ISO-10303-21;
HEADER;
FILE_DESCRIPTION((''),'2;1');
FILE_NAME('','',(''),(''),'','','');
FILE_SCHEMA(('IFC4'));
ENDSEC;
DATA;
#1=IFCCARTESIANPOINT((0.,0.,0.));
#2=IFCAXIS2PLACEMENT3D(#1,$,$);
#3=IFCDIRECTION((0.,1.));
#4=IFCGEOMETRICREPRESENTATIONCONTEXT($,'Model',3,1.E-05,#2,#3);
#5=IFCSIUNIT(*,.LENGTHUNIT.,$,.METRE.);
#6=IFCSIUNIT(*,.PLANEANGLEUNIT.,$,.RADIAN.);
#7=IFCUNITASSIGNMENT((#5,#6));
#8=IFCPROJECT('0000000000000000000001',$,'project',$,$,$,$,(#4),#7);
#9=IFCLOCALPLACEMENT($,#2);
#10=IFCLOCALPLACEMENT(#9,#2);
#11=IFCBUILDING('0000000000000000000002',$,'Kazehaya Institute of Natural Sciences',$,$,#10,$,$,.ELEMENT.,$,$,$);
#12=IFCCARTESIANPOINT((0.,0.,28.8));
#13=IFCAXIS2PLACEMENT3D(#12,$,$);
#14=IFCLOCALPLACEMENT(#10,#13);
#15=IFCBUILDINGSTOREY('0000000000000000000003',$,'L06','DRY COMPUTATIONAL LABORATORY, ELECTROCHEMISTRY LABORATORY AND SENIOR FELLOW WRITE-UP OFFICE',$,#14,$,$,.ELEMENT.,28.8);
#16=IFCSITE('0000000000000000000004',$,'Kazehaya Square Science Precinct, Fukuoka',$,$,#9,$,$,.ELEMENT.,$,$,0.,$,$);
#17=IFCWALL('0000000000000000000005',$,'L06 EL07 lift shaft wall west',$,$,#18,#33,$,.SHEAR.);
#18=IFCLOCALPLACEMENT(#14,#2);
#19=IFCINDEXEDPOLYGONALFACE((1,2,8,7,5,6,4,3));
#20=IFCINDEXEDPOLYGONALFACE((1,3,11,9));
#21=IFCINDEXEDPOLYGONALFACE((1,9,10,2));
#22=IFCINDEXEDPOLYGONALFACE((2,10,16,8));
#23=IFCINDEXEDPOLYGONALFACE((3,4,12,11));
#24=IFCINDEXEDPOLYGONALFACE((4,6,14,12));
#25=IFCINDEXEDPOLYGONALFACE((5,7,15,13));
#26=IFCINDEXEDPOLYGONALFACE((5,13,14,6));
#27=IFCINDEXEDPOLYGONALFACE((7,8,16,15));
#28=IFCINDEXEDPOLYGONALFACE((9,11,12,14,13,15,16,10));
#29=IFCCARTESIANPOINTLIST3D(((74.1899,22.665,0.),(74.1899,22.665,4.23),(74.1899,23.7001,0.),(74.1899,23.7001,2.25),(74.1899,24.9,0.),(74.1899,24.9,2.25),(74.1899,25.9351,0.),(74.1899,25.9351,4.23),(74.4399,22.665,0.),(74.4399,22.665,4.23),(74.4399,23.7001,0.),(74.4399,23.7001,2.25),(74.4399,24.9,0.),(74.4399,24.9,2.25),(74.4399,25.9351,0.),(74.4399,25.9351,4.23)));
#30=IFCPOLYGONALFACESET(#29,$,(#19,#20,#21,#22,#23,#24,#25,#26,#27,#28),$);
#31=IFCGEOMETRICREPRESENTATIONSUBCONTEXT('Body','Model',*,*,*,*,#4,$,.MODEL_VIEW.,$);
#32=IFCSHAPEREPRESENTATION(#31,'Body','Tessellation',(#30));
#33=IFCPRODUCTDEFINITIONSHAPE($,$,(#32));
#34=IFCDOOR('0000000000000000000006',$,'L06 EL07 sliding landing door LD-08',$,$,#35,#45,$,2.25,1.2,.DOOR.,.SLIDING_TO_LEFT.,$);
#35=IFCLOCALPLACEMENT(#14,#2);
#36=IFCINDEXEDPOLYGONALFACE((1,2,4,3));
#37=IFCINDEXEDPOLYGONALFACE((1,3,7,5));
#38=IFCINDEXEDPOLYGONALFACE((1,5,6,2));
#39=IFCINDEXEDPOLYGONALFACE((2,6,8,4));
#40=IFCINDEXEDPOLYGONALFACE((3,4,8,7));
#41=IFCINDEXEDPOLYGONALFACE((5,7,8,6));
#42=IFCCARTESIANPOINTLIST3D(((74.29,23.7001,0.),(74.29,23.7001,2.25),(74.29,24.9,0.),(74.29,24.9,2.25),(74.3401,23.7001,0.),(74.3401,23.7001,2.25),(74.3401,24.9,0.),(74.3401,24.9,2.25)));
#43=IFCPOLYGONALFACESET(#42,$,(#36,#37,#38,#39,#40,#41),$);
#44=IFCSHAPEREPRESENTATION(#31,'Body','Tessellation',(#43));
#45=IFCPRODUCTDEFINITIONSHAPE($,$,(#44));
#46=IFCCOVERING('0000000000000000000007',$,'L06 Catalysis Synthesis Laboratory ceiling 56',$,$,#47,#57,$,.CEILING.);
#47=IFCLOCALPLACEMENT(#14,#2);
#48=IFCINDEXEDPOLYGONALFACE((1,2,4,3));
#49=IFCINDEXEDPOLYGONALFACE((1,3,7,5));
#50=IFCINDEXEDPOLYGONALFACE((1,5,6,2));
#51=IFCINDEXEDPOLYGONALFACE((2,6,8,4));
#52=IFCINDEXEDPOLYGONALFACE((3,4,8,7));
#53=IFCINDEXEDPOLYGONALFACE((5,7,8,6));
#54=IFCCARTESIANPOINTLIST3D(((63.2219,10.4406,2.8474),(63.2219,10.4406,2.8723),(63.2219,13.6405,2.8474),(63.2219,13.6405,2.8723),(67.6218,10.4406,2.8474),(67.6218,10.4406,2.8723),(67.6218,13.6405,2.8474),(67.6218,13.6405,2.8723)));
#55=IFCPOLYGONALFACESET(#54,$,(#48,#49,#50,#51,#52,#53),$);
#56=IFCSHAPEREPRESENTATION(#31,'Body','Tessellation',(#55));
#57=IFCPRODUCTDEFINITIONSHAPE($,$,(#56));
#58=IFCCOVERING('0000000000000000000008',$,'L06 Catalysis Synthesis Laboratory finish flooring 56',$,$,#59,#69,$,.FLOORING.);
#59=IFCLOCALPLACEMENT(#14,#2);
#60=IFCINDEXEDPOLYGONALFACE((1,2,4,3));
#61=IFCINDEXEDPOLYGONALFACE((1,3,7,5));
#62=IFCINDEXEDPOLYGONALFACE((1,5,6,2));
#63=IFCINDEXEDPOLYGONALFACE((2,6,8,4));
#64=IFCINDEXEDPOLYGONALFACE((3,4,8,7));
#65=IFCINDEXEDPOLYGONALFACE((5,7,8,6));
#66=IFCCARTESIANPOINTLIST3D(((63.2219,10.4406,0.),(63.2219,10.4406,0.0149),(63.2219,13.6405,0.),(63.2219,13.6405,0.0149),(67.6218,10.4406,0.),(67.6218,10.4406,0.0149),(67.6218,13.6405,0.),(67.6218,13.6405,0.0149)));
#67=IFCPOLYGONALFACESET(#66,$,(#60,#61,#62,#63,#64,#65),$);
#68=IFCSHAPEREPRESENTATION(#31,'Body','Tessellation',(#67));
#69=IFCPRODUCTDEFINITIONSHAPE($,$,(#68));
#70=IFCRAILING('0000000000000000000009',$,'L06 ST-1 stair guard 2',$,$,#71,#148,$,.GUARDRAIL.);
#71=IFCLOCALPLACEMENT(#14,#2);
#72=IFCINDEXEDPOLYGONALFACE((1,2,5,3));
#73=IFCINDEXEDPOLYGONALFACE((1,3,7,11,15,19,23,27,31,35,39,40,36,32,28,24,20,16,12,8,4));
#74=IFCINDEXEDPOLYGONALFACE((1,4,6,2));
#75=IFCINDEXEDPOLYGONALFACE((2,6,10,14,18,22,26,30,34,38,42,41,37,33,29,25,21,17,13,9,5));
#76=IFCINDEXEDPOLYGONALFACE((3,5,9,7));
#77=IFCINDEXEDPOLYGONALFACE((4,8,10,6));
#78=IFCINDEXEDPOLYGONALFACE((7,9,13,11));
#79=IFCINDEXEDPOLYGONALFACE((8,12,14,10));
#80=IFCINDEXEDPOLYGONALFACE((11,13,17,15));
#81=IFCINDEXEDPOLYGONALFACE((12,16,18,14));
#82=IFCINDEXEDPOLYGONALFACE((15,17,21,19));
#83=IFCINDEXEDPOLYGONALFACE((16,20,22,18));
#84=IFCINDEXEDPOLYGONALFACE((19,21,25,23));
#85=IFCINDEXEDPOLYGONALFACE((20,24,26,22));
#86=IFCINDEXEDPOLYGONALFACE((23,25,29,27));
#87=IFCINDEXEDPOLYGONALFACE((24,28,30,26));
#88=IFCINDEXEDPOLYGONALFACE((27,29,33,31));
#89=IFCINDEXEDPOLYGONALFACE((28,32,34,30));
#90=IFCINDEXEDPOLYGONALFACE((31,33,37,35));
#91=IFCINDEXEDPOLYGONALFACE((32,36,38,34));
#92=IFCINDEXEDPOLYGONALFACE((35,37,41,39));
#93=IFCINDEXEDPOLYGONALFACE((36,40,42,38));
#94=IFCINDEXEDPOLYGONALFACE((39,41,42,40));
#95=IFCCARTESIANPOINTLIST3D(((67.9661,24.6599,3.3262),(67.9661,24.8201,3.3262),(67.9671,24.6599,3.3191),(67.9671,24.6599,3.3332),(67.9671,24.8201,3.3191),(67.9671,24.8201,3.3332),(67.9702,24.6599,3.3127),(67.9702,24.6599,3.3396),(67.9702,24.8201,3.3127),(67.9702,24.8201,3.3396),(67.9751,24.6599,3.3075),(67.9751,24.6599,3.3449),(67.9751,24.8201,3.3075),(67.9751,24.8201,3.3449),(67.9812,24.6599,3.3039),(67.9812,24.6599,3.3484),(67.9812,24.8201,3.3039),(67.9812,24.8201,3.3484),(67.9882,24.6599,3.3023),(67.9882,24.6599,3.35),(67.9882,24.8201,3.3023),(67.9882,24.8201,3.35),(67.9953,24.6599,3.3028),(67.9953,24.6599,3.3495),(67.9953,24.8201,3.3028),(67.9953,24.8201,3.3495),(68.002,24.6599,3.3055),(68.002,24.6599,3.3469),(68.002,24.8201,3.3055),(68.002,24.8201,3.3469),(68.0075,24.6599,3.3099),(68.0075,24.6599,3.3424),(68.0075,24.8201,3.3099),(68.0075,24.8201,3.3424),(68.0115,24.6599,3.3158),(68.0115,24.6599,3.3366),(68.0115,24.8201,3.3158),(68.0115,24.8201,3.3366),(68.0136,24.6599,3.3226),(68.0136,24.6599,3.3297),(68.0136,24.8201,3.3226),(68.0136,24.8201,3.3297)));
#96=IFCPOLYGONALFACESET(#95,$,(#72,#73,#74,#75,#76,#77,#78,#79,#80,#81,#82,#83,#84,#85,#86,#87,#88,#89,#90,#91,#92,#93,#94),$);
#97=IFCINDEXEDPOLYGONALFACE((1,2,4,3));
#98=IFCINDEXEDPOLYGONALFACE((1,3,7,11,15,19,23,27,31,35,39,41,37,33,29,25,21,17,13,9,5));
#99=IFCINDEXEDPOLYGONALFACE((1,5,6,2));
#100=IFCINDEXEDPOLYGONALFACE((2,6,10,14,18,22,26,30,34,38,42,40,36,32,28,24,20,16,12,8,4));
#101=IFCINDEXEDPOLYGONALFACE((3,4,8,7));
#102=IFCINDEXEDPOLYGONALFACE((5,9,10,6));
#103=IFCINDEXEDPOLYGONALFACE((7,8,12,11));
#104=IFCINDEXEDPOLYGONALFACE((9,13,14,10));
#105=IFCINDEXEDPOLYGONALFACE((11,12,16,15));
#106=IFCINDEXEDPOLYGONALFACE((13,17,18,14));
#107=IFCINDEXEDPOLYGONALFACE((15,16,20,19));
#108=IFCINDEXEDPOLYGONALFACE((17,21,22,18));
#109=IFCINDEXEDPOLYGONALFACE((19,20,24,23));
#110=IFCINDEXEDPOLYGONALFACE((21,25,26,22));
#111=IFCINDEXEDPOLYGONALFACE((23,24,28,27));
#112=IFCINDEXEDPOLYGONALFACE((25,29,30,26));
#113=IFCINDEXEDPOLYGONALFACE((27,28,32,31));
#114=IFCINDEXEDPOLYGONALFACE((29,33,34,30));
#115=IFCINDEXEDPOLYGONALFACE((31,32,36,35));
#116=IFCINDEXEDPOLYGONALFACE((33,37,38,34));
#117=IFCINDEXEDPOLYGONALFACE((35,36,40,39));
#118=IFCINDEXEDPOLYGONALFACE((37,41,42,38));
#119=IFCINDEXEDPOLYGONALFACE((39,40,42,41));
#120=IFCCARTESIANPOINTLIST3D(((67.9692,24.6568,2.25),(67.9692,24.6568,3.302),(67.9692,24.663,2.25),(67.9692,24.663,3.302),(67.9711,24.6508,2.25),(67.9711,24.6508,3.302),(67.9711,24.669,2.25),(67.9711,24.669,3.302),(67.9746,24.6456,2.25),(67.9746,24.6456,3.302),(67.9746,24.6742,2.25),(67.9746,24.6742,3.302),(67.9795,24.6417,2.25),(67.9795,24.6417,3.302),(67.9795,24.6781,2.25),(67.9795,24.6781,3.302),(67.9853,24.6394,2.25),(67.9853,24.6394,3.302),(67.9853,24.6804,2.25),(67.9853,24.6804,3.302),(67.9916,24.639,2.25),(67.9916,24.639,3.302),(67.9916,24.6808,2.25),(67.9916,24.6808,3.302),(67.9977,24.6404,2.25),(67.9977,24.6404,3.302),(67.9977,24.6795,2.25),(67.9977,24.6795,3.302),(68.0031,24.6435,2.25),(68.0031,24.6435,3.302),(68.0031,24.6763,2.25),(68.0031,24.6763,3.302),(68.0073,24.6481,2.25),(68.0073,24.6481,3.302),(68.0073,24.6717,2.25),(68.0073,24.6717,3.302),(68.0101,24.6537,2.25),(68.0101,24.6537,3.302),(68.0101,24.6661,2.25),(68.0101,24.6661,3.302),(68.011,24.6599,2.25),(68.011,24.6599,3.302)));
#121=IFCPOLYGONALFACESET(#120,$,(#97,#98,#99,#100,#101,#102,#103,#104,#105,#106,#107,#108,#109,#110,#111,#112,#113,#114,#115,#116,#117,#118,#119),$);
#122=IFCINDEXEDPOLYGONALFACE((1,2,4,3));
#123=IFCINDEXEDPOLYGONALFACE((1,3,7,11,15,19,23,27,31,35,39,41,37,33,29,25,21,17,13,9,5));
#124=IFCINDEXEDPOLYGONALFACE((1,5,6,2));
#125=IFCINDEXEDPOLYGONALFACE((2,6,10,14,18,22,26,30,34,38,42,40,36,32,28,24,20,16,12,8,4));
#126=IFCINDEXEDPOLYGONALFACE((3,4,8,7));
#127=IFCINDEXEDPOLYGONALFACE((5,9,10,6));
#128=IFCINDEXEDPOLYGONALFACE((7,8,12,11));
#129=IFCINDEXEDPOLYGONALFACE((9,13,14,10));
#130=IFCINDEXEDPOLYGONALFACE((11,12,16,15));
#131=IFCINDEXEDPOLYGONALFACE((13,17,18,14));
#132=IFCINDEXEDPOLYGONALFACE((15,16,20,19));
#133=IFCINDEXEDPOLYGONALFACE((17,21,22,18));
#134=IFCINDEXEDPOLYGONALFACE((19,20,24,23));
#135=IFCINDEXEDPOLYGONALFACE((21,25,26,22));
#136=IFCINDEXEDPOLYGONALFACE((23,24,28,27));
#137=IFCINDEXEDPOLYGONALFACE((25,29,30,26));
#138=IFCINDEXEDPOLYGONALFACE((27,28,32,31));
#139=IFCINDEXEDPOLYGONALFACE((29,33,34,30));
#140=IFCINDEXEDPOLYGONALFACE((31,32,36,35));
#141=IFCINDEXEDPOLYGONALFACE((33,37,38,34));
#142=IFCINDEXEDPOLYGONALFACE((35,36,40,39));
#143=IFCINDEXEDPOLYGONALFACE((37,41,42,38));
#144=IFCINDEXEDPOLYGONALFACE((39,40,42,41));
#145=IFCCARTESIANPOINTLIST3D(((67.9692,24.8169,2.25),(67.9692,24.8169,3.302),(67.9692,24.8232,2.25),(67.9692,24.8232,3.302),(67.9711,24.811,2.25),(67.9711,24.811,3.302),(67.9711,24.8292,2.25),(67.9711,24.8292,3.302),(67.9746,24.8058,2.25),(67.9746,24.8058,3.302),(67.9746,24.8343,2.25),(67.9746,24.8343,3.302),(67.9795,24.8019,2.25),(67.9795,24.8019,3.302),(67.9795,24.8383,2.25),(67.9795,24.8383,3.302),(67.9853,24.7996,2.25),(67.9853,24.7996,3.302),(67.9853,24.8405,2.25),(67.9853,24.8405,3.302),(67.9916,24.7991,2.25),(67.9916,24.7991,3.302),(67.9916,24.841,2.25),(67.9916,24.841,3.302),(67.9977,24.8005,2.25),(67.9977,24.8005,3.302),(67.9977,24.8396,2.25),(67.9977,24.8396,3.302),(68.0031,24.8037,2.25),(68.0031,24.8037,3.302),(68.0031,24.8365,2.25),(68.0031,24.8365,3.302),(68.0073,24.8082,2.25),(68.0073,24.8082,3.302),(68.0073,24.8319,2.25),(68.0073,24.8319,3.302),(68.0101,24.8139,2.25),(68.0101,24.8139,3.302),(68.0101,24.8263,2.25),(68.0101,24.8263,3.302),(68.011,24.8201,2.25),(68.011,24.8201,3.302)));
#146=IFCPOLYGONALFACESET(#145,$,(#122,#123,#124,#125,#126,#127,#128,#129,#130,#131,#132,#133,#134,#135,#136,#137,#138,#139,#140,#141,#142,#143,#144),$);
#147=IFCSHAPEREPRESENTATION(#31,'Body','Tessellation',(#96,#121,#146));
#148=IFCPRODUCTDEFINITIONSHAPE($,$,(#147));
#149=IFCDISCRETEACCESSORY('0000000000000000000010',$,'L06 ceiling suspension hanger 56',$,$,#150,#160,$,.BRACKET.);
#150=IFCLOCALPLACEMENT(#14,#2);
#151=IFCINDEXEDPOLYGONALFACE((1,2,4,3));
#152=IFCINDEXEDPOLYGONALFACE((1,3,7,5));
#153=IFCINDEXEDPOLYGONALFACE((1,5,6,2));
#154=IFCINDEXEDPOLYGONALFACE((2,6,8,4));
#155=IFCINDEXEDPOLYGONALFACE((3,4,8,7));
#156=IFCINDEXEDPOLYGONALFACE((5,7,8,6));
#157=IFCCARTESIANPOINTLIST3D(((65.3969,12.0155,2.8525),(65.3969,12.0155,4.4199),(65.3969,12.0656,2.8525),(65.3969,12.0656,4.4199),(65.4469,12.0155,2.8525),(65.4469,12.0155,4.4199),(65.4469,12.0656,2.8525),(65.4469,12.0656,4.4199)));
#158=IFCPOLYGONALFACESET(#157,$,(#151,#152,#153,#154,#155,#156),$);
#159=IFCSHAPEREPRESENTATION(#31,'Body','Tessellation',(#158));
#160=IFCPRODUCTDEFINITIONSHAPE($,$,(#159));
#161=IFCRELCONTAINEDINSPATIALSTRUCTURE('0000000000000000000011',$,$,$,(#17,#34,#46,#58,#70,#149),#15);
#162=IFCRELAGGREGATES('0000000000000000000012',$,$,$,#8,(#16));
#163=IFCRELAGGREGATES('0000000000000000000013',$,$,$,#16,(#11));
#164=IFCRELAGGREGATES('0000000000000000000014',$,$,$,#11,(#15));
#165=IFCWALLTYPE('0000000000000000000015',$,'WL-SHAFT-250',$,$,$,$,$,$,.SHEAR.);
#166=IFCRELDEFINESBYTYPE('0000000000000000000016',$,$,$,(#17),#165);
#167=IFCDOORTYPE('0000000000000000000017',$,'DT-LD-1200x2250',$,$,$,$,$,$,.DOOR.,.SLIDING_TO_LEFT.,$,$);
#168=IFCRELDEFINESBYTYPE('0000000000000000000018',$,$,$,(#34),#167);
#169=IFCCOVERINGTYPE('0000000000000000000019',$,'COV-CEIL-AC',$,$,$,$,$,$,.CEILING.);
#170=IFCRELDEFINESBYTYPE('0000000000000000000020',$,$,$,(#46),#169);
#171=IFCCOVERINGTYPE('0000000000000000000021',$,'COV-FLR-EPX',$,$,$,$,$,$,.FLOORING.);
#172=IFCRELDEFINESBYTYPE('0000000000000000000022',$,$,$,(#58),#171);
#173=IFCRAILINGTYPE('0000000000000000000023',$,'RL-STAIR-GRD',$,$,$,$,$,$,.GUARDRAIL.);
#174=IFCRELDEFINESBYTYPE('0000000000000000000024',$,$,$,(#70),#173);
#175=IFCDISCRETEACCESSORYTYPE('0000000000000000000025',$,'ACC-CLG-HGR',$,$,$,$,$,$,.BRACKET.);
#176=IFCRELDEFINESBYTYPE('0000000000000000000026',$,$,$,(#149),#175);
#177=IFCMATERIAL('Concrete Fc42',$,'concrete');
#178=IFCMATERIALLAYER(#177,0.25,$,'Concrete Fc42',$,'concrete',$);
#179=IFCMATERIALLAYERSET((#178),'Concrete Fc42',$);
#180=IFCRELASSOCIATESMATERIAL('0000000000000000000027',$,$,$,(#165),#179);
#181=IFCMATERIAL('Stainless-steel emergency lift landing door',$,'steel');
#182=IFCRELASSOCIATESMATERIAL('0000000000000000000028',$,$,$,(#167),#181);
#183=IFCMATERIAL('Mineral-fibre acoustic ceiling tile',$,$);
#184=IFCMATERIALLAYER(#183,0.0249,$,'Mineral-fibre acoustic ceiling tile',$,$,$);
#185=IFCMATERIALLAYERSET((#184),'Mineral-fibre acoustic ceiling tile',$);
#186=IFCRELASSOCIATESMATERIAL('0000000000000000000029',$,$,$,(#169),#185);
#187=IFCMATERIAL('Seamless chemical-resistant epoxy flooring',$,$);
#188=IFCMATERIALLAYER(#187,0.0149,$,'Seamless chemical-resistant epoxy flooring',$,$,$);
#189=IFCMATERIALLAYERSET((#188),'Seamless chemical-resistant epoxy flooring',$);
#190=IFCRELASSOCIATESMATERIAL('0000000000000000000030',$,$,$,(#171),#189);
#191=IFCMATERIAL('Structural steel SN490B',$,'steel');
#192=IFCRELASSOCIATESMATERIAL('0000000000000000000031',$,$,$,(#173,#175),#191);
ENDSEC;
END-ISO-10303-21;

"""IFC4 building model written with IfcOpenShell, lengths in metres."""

from ifc_helpers import new_model, si_unit, direction, frame, frame_2d, origin, origin_2d, place, context, subcontext, project, spatial, rectangle, circle, extrude, material, layer, layer_set, type_object, element, fill, save


model = new_model("IFC4")

# Units and contexts
model_context = context("Model", 3, precision=1e-05, world=origin(), true_north=direction((0.0, 1.0)))
body_context = subcontext(model_context, "Body", "Model", "MODEL_VIEW")
ifc_project = project(units=[si_unit("LENGTHUNIT", "METRE"), si_unit("PLANEANGLEUNIT", "RADIAN")], contexts=[model_context])

# Site, building, storey
site_placement = place(None, origin())
site = spatial("IfcSite", under=ifc_project, at=site_placement, Name="Kazehaya Square Science Precinct, Fukuoka", CompositionType="ELEMENT", RefElevation=0.0)
building_placement = place(site_placement, origin())
building = spatial("IfcBuilding", under=site, at=building_placement, Name="Kazehaya Institute of Natural Sciences", CompositionType="ELEMENT")
storey_placement = place(building_placement, frame((0.0, 0.0, 28.8)))
storey = spatial("IfcBuildingStorey", under=building, at=storey_placement, Name="L06", Description="DRY COMPUTATIONAL LABORATORY, ELECTROCHEMISTRY LABORATORY AND SENIOR FELLOW WRITE-UP OFFICE", CompositionType="ELEMENT", Elevation=28.8)

# Shared definitions
ifc_material_1 = material(Name="Concrete Fc42", Category="concrete")

# Wall, opening, door
ifc_layer_1 = layer(ifc_material_1, 0.25, Name="Concrete Fc42", Category="concrete")
ifc_layer_set_1 = layer_set([ifc_layer_1], Name="Concrete Fc42")
wall_type_1 = type_object("IfcWallType", Name="WL-SHAFT-250", PredefinedType="SHEAR", material=ifc_layer_set_1)
wall_1_placement = place(storey_placement, frame((74.3149, 22.665, 0.0), z_axis=(0.0, 0.0, 1.0), x_axis=(0.0, 1.0, 0.0)))
wall_1 = element("IfcWall", 1, at=wall_1_placement, inside=storey, type_object=wall_type_1, Name="L06 EL07 lift shaft wall west", PredefinedType="SHEAR", context=body_context, shape_type="SweptSolid", body=[
    extrude(rectangle(XDim=3.27, YDim=0.25, at=frame_2d((1.635, 0.0))), origin(), (0.0, 0.0, 1.0), 4.23),
])
opening_1_placement = place(wall_1_placement, frame((1.0349, 0.0, 0.0)))
opening_1 = element("IfcOpeningElement", 2, at=opening_1_placement, cuts=wall_1, PredefinedType="OPENING", context=body_context, shape_type="SweptSolid", body=[
    extrude(rectangle(XDim=1.2, YDim=2.25, at=frame_2d((0.6001, 1.125))), frame((0.0, 0.135, 0.0), z_axis=(0.0, -1.0, 0.0), x_axis=(1.0, 0.0, 0.0)), (0.0, 0.0, 1.0), 0.27),
])
ifc_material_2 = material(Name="Stainless-steel emergency lift landing door", Category="steel")
door_type_1 = type_object("IfcDoorType", Name="DT-LD-1200x2250", OperationType="SLIDING_TO_LEFT", PredefinedType="DOOR", material=ifc_material_2)
door_1_placement = place(opening_1_placement, origin())
door_1 = element("IfcDoor", 3, at=door_1_placement, inside=storey, type_object=door_type_1, Name="L06 EL07 sliding landing door LD-08", OperationType="SLIDING_TO_LEFT", OverallHeight=2.25, OverallWidth=1.2, PredefinedType="DOOR", context=body_context, shape_type="SweptSolid", body=[
    extrude(rectangle(XDim=1.2, YDim=2.25, at=frame_2d((0.6001, 1.125))), frame((0.0, 0.0249, 0.0), z_axis=(0.0, -1.0, 0.0), x_axis=(1.0, 0.0, 0.0)), (0.0, 0.0, 1.0), 0.05),
])
fill(opening_1, door_1)

# Coverings
ifc_material_3 = material(Name="Mineral-fibre acoustic ceiling tile")
ifc_layer_2 = layer(ifc_material_3, 0.0249, Name="Mineral-fibre acoustic ceiling tile")
ifc_layer_set_2 = layer_set([ifc_layer_2], Name="Mineral-fibre acoustic ceiling tile")
covering_type_1 = type_object("IfcCoveringType", Name="COV-CEIL-AC", PredefinedType="CEILING", material=ifc_layer_set_2)
covering_1_placement = place(storey_placement, frame((65.4219, 12.0405, 2.8474), z_axis=(0.0, 0.0, 1.0), x_axis=(1.0, 0.0, 0.0)))
element("IfcCovering", 4, at=covering_1_placement, inside=storey, type_object=covering_type_1, Name="L06 Catalysis Synthesis Laboratory ceiling 56", PredefinedType="CEILING", context=body_context, shape_type="SweptSolid", body=[
    extrude(rectangle(XDim=4.3999, YDim=3.2, at=origin_2d()), origin(), (0.0, 0.0, 1.0), 0.0249),
])
ifc_material_4 = material(Name="Seamless chemical-resistant epoxy flooring")
ifc_layer_3 = layer(ifc_material_4, 0.0149, Name="Seamless chemical-resistant epoxy flooring")
ifc_layer_set_3 = layer_set([ifc_layer_3], Name="Seamless chemical-resistant epoxy flooring")
covering_type_2 = type_object("IfcCoveringType", Name="COV-FLR-EPX", PredefinedType="FLOORING", material=ifc_layer_set_3)
covering_2_placement = place(storey_placement, frame((65.4219, 12.0405, 0.0), z_axis=(0.0, 0.0, 1.0), x_axis=(1.0, 0.0, 0.0)))
element("IfcCovering", 5, at=covering_2_placement, inside=storey, type_object=covering_type_2, Name="L06 Catalysis Synthesis Laboratory finish flooring 56", PredefinedType="FLOORING", context=body_context, shape_type="SweptSolid", body=[
    extrude(rectangle(XDim=4.3999, YDim=3.2, at=origin_2d()), origin(), (0.0, 0.0, 1.0), 0.0149),
])

# Railing
ifc_material_5 = material(Name="Structural steel SN490B", Category="steel")
railing_type = type_object("IfcRailingType", Name="RL-STAIR-GRD", PredefinedType="GUARDRAIL", material=ifc_material_5)
railing_placement = place(storey_placement, frame((67.99, 24.6599, 2.25)))
element("IfcRailing", 6, at=railing_placement, inside=storey, type_object=railing_type, Name="L06 ST-1 stair guard 2", PredefinedType="GUARDRAIL", context=body_context, shape_type="SweptSolid", body=[
    extrude(circle(Radius=0.0239, at=origin_2d()), frame((0.0, 0.0, 1.0762), z_axis=(0.0, 1.0, 0.0), x_axis=(-1.0, 0.0, 0.0)), (0.0, 0.0, 1.0), 0.1602),
    extrude(circle(Radius=0.021, at=origin_2d()), origin(), (0.0, 0.0, 1.0), 1.052),
    extrude(circle(Radius=0.021, at=origin_2d()), frame((0.0, 0.1602, 0.0)), (0.0, 0.0, 1.0), 1.052),
])

# Discrete accessory
discrete_accessory_type = type_object("IfcDiscreteAccessoryType", Name="ACC-CLG-HGR", PredefinedType="BRACKET", material=ifc_material_5)
discrete_accessory_placement = place(storey_placement, frame((65.4219, 12.0405, 2.8525), z_axis=(0.0, 0.0, 1.0), x_axis=(1.0, 0.0, 0.0)))
element("IfcDiscreteAccessory", 7, at=discrete_accessory_placement, inside=storey, type_object=discrete_accessory_type, Name="L06 ceiling suspension hanger 56", PredefinedType="BRACKET", context=body_context, shape_type="SweptSolid", body=[
    extrude(rectangle(XDim=0.05, YDim=0.05, at=origin_2d()), origin(), (0.0, 0.0, 1.0), 1.5674),
])

save(model, "model.ifc")
